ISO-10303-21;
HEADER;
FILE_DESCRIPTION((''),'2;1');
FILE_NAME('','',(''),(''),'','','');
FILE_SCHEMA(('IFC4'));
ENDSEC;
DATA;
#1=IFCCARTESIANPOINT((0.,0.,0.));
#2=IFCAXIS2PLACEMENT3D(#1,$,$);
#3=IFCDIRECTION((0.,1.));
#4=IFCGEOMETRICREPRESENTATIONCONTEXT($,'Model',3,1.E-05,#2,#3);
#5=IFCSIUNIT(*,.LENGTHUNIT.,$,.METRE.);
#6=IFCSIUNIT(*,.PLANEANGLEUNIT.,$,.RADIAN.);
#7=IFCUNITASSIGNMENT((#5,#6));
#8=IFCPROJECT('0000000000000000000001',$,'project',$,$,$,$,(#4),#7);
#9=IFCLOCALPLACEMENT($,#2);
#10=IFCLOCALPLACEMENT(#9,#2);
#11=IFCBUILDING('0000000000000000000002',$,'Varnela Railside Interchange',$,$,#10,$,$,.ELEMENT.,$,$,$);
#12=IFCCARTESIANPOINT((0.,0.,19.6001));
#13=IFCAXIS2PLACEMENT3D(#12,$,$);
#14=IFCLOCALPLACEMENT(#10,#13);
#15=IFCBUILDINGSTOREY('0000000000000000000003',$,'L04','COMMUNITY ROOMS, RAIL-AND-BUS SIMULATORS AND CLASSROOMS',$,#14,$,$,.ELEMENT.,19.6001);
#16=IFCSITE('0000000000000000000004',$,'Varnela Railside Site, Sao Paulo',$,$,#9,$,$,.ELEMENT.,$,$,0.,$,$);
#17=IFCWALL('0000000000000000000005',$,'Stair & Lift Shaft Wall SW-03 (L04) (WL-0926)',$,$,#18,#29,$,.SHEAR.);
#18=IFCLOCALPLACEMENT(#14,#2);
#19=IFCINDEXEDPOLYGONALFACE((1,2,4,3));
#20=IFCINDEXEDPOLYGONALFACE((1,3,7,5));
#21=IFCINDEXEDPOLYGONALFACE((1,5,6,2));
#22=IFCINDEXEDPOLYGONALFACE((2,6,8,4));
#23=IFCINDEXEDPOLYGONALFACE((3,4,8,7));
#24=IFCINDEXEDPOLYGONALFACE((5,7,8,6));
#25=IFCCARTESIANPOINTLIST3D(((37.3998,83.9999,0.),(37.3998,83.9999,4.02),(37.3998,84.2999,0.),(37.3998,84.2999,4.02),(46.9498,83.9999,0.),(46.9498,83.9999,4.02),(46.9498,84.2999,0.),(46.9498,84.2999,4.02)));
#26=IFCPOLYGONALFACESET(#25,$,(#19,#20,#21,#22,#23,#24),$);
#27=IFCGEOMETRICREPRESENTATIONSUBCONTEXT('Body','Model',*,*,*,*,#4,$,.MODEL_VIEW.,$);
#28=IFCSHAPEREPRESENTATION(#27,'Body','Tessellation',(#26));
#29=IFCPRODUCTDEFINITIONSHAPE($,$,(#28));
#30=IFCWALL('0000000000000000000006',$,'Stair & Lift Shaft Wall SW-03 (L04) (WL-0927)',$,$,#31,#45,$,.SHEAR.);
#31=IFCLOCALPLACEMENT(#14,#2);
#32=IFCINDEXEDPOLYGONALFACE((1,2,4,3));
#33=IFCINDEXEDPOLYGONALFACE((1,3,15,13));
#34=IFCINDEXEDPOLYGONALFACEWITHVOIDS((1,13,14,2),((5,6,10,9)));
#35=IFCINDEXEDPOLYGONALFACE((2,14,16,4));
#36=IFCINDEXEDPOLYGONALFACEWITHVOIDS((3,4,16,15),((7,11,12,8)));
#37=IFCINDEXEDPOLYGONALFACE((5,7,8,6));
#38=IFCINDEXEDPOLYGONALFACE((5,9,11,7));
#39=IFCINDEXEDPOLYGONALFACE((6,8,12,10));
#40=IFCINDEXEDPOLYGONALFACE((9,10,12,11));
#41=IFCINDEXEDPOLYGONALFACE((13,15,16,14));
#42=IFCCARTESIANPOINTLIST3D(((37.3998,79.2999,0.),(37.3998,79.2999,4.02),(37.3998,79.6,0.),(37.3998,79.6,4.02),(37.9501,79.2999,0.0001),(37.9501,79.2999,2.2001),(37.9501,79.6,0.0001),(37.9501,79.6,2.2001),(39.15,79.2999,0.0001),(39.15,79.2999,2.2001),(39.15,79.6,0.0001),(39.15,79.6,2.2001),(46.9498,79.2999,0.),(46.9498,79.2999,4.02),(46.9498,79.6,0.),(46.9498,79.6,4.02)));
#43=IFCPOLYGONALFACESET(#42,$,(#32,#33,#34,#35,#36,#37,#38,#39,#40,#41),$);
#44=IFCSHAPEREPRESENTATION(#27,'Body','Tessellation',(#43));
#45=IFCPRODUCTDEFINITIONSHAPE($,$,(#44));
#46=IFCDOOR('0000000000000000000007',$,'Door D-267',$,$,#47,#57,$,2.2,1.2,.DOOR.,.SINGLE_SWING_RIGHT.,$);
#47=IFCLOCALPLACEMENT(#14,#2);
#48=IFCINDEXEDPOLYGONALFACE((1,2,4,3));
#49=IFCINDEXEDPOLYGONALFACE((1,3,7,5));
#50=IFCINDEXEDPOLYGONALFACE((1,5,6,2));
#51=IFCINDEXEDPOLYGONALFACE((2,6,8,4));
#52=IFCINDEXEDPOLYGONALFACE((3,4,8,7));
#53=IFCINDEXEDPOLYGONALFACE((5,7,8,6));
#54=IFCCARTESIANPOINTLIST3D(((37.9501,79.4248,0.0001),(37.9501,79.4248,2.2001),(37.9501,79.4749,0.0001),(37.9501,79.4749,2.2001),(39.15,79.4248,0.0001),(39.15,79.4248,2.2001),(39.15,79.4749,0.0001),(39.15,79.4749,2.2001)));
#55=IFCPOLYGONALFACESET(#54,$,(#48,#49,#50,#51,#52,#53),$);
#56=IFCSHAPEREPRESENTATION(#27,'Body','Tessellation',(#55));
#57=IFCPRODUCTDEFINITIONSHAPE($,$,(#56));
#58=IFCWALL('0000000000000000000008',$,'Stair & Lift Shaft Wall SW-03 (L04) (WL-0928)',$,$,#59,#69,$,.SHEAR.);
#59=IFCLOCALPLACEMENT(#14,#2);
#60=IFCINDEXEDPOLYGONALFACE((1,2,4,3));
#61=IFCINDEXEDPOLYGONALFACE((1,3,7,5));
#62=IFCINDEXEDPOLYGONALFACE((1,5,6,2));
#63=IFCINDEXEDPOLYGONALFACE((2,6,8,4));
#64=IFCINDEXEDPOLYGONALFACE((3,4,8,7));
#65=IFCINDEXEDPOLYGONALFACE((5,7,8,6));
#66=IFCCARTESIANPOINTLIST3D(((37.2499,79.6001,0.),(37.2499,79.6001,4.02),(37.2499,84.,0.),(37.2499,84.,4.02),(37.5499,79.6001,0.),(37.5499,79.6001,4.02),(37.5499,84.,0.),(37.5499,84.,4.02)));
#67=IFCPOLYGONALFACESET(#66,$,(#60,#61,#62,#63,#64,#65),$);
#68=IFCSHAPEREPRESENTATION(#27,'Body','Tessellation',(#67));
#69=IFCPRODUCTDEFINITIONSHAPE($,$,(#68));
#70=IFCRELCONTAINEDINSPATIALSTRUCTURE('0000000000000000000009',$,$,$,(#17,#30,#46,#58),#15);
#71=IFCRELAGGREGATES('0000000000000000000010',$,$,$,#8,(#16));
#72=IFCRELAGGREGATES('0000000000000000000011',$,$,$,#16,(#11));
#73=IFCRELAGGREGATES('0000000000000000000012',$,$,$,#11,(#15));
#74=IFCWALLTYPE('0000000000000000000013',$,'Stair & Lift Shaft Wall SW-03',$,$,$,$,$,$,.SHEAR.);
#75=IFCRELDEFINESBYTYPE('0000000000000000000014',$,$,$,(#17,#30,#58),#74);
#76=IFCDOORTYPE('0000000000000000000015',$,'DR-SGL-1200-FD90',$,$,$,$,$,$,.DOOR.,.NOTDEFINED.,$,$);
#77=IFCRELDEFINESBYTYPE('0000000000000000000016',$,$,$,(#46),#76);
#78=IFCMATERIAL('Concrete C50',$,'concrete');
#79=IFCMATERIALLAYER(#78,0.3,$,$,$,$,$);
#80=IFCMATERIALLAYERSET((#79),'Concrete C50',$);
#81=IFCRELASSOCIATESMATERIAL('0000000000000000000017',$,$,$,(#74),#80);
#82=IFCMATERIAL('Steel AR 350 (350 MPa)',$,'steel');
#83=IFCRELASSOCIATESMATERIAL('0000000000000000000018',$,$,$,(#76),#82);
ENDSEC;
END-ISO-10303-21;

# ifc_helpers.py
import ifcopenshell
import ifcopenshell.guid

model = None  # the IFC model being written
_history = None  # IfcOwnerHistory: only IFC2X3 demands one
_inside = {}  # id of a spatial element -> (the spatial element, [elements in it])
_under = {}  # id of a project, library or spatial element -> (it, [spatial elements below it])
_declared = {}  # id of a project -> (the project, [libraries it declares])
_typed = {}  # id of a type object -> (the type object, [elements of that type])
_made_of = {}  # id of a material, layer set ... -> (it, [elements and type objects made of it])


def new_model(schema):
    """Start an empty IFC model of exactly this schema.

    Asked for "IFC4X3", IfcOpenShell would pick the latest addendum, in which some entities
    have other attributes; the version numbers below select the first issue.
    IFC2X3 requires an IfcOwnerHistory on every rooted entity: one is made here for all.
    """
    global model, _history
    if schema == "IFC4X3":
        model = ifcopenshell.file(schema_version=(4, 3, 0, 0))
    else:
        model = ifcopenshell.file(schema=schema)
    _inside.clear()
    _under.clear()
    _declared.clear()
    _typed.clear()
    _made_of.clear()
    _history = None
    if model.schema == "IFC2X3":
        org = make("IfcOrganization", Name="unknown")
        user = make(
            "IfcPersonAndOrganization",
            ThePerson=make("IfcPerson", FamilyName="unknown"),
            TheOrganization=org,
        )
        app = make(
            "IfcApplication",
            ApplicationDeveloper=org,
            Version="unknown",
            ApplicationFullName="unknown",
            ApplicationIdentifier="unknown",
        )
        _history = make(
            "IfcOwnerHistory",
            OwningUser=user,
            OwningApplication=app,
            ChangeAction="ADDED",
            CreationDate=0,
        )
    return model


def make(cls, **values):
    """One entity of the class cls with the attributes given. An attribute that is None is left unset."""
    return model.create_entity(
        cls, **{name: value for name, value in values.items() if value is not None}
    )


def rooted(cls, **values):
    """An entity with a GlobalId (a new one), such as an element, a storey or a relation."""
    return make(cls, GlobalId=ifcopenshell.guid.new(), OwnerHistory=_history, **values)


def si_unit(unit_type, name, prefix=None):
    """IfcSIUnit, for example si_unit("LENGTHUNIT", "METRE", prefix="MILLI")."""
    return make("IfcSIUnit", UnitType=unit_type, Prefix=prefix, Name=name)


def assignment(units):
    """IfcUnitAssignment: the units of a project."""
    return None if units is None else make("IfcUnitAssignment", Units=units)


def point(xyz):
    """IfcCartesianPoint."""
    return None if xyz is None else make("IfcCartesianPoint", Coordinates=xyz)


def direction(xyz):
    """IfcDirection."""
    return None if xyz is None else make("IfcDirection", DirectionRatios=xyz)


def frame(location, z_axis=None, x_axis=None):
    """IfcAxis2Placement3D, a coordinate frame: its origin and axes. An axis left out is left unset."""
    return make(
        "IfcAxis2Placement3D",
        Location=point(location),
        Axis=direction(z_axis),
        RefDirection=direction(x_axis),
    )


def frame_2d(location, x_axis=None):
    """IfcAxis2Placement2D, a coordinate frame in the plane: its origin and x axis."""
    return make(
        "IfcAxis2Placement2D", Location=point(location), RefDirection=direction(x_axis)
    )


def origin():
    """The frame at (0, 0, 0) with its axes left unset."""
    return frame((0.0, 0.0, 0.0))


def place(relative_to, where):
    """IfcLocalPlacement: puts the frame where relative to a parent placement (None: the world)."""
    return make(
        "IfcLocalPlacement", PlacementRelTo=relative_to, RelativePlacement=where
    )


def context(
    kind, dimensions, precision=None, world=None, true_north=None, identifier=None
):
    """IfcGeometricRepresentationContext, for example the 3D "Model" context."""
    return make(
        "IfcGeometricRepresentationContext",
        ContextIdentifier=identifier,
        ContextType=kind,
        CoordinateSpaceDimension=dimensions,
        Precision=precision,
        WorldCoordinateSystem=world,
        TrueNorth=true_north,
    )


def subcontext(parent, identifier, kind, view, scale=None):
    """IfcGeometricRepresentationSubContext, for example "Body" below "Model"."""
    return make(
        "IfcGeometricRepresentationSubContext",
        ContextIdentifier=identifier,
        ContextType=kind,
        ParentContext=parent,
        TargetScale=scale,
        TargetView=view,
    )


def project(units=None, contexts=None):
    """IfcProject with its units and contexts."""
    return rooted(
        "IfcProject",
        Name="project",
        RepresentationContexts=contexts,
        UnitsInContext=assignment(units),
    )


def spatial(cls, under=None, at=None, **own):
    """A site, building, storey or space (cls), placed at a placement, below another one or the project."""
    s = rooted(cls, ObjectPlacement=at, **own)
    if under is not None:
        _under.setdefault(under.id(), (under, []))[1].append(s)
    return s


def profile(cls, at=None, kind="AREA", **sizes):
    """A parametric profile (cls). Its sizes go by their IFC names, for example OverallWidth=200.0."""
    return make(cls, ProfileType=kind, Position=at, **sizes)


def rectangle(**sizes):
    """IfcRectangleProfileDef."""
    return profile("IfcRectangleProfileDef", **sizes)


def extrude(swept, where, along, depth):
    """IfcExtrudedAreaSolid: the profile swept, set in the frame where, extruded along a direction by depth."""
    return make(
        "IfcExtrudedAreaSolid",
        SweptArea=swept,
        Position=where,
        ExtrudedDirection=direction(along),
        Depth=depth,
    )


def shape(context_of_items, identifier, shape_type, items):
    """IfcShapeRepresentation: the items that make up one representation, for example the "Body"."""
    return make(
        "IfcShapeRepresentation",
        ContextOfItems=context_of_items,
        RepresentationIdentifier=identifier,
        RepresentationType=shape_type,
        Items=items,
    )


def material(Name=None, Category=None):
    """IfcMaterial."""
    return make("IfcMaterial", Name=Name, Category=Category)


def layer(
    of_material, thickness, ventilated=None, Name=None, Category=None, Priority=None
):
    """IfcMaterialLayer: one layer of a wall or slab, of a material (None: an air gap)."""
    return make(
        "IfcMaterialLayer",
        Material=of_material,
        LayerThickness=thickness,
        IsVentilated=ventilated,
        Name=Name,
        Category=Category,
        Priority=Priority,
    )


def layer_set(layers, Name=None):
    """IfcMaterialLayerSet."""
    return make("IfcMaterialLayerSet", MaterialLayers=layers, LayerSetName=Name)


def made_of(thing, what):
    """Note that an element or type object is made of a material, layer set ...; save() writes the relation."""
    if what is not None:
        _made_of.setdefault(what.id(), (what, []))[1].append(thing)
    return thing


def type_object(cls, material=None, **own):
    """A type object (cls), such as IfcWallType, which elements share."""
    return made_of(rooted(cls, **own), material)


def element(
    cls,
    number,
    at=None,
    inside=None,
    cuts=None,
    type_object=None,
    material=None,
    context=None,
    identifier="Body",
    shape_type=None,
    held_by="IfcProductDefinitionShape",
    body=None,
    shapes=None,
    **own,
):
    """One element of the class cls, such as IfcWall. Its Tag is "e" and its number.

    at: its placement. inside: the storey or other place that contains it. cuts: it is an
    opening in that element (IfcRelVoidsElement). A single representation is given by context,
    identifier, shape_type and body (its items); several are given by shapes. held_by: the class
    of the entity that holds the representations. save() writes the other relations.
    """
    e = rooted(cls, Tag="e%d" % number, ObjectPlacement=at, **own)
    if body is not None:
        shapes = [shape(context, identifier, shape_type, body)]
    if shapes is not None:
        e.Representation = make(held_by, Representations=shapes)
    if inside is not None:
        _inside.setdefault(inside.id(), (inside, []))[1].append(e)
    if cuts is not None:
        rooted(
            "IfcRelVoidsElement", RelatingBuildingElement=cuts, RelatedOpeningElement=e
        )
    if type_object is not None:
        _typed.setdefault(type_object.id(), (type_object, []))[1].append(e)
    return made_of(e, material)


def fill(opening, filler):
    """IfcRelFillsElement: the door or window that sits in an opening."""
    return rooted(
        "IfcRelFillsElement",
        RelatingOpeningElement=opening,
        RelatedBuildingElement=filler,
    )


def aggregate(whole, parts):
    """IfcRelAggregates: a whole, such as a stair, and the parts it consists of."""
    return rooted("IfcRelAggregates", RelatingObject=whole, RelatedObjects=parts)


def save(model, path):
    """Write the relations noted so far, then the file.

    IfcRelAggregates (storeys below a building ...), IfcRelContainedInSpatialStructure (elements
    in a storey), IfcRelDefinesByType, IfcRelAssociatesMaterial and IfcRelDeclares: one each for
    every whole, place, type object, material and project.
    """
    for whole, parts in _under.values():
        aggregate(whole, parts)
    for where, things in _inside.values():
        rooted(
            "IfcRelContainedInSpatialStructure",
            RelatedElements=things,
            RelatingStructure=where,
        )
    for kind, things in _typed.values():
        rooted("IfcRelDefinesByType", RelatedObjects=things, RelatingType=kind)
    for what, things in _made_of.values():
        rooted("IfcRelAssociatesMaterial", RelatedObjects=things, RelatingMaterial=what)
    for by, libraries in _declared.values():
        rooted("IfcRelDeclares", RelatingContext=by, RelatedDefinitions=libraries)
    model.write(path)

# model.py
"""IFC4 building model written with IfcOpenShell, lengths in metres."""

from ifc_helpers import new_model, si_unit, direction, frame, frame_2d, origin, place, context, subcontext, project, spatial, rectangle, extrude, material, layer, layer_set, type_object, element, fill, save


model = new_model("IFC4")

# Units and contexts
model_context = context("Model", 3, precision=1e-05, world=origin(), true_north=direction((0.0, 1.0)))
body_context = subcontext(model_context, "Body", "Model", "MODEL_VIEW")
ifc_project = project(units=[si_unit("LENGTHUNIT", "METRE"), si_unit("PLANEANGLEUNIT", "RADIAN")], contexts=[model_context])

# Site, building, storey
site_placement = place(None, origin())
site = spatial("IfcSite", under=ifc_project, at=site_placement, Name="Varnela Railside Site, Sao Paulo", CompositionType="ELEMENT", RefElevation=0.0)
building_placement = place(site_placement, origin())
building = spatial("IfcBuilding", under=site, at=building_placement, Name="Varnela Railside Interchange", CompositionType="ELEMENT")
storey_placement = place(building_placement, frame((0.0, 0.0, 19.6001)))
storey = spatial("IfcBuildingStorey", under=building, at=storey_placement, Name="L04", Description="COMMUNITY ROOMS, RAIL-AND-BUS SIMULATORS AND CLASSROOMS", CompositionType="ELEMENT", Elevation=19.6001)

# Shared definitions
ifc_material_1 = material(Name="Steel AR 350 (350 MPa)", Category="steel")

# Wall
ifc_material_2 = material(Name="Concrete C50", Category="concrete")
ifc_layer_1 = layer(ifc_material_2, 0.3)
ifc_layer_set_1 = layer_set([ifc_layer_1], Name="Concrete C50")
wall_type = type_object("IfcWallType", Name="Stair & Lift Shaft Wall SW-03", PredefinedType="SHEAR", material=ifc_layer_set_1)
wall_1_placement = place(storey_placement, frame((37.3999, 84.1499, 0.0), z_axis=(0.0, 0.0, 1.0), x_axis=(1.0, 0.0, 0.0)))
element("IfcWall", 1, at=wall_1_placement, inside=storey, type_object=wall_type, Name="Stair & Lift Shaft Wall SW-03 (L04) (WL-0926)", PredefinedType="SHEAR", context=body_context, shape_type="SweptSolid", body=[
    extrude(rectangle(XDim=9.55, YDim=0.3, at=frame_2d((4.7749, 0.0))), origin(), (0.0, 0.0, 1.0), 4.02),
])

# Wall, opening, door
wall_2_placement = place(storey_placement, frame((37.3999, 79.45, 0.0), z_axis=(0.0, 0.0, 1.0), x_axis=(1.0, 0.0, 0.0)))
wall_2 = element("IfcWall", 2, at=wall_2_placement, inside=storey, type_object=wall_type, Name="Stair & Lift Shaft Wall SW-03 (L04) (WL-0927)", PredefinedType="SHEAR", context=body_context, shape_type="SweptSolid", body=[
    extrude(rectangle(XDim=9.55, YDim=0.3, at=frame_2d((4.7749, 0.0))), origin(), (0.0, 0.0, 1.0), 4.02),
])
opening_placement = place(wall_2_placement, frame((0.55, 0.0, 0.0)))
opening = element("IfcOpeningElement", 3, at=opening_placement, cuts=wall_2, PredefinedType="OPENING", context=body_context, shape_type="SweptSolid", body=[
    extrude(rectangle(XDim=1.2, YDim=2.2, at=frame_2d((0.6001, 1.1001))), frame((0.0, 0.1599, 0.0), z_axis=(0.0, -1.0, 0.0), x_axis=(1.0, 0.0, 0.0)), (0.0, 0.0, 1.0), 0.3201),
])
door_type = type_object("IfcDoorType", Name="DR-SGL-1200-FD90", OperationType="NOTDEFINED", PredefinedType="DOOR", material=ifc_material_1)
door_placement = place(opening_placement, origin())
door = element("IfcDoor", 4, at=door_placement, inside=storey, type_object=door_type, Name="Door D-267", OperationType="SINGLE_SWING_RIGHT", OverallHeight=2.2, OverallWidth=1.2, PredefinedType="DOOR", context=body_context, shape_type="SweptSolid", body=[
    extrude(rectangle(XDim=1.2, YDim=2.2, at=frame_2d((0.6001, 1.1001))), frame((0.0, 0.0249, 0.0), z_axis=(0.0, -1.0, 0.0), x_axis=(1.0, 0.0, 0.0)), (0.0, 0.0, 1.0), 0.05),
])
fill(opening, door)

# Wall
wall_3_placement = place(storey_placement, frame((37.3999, 79.6001, 0.0), z_axis=(0.0, 0.0, 1.0), x_axis=(0.0, 1.0, 0.0)))
element("IfcWall", 5, at=wall_3_placement, inside=storey, type_object=wall_type, Name="Stair & Lift Shaft Wall SW-03 (L04) (WL-0928)", PredefinedType="SHEAR", context=body_context, shape_type="SweptSolid", body=[
    extrude(rectangle(XDim=4.3999, YDim=0.3, at=frame_2d((2.2, 0.0))), origin(), (0.0, 0.0, 1.0), 4.02),
])

save(model, "model.ifc")
